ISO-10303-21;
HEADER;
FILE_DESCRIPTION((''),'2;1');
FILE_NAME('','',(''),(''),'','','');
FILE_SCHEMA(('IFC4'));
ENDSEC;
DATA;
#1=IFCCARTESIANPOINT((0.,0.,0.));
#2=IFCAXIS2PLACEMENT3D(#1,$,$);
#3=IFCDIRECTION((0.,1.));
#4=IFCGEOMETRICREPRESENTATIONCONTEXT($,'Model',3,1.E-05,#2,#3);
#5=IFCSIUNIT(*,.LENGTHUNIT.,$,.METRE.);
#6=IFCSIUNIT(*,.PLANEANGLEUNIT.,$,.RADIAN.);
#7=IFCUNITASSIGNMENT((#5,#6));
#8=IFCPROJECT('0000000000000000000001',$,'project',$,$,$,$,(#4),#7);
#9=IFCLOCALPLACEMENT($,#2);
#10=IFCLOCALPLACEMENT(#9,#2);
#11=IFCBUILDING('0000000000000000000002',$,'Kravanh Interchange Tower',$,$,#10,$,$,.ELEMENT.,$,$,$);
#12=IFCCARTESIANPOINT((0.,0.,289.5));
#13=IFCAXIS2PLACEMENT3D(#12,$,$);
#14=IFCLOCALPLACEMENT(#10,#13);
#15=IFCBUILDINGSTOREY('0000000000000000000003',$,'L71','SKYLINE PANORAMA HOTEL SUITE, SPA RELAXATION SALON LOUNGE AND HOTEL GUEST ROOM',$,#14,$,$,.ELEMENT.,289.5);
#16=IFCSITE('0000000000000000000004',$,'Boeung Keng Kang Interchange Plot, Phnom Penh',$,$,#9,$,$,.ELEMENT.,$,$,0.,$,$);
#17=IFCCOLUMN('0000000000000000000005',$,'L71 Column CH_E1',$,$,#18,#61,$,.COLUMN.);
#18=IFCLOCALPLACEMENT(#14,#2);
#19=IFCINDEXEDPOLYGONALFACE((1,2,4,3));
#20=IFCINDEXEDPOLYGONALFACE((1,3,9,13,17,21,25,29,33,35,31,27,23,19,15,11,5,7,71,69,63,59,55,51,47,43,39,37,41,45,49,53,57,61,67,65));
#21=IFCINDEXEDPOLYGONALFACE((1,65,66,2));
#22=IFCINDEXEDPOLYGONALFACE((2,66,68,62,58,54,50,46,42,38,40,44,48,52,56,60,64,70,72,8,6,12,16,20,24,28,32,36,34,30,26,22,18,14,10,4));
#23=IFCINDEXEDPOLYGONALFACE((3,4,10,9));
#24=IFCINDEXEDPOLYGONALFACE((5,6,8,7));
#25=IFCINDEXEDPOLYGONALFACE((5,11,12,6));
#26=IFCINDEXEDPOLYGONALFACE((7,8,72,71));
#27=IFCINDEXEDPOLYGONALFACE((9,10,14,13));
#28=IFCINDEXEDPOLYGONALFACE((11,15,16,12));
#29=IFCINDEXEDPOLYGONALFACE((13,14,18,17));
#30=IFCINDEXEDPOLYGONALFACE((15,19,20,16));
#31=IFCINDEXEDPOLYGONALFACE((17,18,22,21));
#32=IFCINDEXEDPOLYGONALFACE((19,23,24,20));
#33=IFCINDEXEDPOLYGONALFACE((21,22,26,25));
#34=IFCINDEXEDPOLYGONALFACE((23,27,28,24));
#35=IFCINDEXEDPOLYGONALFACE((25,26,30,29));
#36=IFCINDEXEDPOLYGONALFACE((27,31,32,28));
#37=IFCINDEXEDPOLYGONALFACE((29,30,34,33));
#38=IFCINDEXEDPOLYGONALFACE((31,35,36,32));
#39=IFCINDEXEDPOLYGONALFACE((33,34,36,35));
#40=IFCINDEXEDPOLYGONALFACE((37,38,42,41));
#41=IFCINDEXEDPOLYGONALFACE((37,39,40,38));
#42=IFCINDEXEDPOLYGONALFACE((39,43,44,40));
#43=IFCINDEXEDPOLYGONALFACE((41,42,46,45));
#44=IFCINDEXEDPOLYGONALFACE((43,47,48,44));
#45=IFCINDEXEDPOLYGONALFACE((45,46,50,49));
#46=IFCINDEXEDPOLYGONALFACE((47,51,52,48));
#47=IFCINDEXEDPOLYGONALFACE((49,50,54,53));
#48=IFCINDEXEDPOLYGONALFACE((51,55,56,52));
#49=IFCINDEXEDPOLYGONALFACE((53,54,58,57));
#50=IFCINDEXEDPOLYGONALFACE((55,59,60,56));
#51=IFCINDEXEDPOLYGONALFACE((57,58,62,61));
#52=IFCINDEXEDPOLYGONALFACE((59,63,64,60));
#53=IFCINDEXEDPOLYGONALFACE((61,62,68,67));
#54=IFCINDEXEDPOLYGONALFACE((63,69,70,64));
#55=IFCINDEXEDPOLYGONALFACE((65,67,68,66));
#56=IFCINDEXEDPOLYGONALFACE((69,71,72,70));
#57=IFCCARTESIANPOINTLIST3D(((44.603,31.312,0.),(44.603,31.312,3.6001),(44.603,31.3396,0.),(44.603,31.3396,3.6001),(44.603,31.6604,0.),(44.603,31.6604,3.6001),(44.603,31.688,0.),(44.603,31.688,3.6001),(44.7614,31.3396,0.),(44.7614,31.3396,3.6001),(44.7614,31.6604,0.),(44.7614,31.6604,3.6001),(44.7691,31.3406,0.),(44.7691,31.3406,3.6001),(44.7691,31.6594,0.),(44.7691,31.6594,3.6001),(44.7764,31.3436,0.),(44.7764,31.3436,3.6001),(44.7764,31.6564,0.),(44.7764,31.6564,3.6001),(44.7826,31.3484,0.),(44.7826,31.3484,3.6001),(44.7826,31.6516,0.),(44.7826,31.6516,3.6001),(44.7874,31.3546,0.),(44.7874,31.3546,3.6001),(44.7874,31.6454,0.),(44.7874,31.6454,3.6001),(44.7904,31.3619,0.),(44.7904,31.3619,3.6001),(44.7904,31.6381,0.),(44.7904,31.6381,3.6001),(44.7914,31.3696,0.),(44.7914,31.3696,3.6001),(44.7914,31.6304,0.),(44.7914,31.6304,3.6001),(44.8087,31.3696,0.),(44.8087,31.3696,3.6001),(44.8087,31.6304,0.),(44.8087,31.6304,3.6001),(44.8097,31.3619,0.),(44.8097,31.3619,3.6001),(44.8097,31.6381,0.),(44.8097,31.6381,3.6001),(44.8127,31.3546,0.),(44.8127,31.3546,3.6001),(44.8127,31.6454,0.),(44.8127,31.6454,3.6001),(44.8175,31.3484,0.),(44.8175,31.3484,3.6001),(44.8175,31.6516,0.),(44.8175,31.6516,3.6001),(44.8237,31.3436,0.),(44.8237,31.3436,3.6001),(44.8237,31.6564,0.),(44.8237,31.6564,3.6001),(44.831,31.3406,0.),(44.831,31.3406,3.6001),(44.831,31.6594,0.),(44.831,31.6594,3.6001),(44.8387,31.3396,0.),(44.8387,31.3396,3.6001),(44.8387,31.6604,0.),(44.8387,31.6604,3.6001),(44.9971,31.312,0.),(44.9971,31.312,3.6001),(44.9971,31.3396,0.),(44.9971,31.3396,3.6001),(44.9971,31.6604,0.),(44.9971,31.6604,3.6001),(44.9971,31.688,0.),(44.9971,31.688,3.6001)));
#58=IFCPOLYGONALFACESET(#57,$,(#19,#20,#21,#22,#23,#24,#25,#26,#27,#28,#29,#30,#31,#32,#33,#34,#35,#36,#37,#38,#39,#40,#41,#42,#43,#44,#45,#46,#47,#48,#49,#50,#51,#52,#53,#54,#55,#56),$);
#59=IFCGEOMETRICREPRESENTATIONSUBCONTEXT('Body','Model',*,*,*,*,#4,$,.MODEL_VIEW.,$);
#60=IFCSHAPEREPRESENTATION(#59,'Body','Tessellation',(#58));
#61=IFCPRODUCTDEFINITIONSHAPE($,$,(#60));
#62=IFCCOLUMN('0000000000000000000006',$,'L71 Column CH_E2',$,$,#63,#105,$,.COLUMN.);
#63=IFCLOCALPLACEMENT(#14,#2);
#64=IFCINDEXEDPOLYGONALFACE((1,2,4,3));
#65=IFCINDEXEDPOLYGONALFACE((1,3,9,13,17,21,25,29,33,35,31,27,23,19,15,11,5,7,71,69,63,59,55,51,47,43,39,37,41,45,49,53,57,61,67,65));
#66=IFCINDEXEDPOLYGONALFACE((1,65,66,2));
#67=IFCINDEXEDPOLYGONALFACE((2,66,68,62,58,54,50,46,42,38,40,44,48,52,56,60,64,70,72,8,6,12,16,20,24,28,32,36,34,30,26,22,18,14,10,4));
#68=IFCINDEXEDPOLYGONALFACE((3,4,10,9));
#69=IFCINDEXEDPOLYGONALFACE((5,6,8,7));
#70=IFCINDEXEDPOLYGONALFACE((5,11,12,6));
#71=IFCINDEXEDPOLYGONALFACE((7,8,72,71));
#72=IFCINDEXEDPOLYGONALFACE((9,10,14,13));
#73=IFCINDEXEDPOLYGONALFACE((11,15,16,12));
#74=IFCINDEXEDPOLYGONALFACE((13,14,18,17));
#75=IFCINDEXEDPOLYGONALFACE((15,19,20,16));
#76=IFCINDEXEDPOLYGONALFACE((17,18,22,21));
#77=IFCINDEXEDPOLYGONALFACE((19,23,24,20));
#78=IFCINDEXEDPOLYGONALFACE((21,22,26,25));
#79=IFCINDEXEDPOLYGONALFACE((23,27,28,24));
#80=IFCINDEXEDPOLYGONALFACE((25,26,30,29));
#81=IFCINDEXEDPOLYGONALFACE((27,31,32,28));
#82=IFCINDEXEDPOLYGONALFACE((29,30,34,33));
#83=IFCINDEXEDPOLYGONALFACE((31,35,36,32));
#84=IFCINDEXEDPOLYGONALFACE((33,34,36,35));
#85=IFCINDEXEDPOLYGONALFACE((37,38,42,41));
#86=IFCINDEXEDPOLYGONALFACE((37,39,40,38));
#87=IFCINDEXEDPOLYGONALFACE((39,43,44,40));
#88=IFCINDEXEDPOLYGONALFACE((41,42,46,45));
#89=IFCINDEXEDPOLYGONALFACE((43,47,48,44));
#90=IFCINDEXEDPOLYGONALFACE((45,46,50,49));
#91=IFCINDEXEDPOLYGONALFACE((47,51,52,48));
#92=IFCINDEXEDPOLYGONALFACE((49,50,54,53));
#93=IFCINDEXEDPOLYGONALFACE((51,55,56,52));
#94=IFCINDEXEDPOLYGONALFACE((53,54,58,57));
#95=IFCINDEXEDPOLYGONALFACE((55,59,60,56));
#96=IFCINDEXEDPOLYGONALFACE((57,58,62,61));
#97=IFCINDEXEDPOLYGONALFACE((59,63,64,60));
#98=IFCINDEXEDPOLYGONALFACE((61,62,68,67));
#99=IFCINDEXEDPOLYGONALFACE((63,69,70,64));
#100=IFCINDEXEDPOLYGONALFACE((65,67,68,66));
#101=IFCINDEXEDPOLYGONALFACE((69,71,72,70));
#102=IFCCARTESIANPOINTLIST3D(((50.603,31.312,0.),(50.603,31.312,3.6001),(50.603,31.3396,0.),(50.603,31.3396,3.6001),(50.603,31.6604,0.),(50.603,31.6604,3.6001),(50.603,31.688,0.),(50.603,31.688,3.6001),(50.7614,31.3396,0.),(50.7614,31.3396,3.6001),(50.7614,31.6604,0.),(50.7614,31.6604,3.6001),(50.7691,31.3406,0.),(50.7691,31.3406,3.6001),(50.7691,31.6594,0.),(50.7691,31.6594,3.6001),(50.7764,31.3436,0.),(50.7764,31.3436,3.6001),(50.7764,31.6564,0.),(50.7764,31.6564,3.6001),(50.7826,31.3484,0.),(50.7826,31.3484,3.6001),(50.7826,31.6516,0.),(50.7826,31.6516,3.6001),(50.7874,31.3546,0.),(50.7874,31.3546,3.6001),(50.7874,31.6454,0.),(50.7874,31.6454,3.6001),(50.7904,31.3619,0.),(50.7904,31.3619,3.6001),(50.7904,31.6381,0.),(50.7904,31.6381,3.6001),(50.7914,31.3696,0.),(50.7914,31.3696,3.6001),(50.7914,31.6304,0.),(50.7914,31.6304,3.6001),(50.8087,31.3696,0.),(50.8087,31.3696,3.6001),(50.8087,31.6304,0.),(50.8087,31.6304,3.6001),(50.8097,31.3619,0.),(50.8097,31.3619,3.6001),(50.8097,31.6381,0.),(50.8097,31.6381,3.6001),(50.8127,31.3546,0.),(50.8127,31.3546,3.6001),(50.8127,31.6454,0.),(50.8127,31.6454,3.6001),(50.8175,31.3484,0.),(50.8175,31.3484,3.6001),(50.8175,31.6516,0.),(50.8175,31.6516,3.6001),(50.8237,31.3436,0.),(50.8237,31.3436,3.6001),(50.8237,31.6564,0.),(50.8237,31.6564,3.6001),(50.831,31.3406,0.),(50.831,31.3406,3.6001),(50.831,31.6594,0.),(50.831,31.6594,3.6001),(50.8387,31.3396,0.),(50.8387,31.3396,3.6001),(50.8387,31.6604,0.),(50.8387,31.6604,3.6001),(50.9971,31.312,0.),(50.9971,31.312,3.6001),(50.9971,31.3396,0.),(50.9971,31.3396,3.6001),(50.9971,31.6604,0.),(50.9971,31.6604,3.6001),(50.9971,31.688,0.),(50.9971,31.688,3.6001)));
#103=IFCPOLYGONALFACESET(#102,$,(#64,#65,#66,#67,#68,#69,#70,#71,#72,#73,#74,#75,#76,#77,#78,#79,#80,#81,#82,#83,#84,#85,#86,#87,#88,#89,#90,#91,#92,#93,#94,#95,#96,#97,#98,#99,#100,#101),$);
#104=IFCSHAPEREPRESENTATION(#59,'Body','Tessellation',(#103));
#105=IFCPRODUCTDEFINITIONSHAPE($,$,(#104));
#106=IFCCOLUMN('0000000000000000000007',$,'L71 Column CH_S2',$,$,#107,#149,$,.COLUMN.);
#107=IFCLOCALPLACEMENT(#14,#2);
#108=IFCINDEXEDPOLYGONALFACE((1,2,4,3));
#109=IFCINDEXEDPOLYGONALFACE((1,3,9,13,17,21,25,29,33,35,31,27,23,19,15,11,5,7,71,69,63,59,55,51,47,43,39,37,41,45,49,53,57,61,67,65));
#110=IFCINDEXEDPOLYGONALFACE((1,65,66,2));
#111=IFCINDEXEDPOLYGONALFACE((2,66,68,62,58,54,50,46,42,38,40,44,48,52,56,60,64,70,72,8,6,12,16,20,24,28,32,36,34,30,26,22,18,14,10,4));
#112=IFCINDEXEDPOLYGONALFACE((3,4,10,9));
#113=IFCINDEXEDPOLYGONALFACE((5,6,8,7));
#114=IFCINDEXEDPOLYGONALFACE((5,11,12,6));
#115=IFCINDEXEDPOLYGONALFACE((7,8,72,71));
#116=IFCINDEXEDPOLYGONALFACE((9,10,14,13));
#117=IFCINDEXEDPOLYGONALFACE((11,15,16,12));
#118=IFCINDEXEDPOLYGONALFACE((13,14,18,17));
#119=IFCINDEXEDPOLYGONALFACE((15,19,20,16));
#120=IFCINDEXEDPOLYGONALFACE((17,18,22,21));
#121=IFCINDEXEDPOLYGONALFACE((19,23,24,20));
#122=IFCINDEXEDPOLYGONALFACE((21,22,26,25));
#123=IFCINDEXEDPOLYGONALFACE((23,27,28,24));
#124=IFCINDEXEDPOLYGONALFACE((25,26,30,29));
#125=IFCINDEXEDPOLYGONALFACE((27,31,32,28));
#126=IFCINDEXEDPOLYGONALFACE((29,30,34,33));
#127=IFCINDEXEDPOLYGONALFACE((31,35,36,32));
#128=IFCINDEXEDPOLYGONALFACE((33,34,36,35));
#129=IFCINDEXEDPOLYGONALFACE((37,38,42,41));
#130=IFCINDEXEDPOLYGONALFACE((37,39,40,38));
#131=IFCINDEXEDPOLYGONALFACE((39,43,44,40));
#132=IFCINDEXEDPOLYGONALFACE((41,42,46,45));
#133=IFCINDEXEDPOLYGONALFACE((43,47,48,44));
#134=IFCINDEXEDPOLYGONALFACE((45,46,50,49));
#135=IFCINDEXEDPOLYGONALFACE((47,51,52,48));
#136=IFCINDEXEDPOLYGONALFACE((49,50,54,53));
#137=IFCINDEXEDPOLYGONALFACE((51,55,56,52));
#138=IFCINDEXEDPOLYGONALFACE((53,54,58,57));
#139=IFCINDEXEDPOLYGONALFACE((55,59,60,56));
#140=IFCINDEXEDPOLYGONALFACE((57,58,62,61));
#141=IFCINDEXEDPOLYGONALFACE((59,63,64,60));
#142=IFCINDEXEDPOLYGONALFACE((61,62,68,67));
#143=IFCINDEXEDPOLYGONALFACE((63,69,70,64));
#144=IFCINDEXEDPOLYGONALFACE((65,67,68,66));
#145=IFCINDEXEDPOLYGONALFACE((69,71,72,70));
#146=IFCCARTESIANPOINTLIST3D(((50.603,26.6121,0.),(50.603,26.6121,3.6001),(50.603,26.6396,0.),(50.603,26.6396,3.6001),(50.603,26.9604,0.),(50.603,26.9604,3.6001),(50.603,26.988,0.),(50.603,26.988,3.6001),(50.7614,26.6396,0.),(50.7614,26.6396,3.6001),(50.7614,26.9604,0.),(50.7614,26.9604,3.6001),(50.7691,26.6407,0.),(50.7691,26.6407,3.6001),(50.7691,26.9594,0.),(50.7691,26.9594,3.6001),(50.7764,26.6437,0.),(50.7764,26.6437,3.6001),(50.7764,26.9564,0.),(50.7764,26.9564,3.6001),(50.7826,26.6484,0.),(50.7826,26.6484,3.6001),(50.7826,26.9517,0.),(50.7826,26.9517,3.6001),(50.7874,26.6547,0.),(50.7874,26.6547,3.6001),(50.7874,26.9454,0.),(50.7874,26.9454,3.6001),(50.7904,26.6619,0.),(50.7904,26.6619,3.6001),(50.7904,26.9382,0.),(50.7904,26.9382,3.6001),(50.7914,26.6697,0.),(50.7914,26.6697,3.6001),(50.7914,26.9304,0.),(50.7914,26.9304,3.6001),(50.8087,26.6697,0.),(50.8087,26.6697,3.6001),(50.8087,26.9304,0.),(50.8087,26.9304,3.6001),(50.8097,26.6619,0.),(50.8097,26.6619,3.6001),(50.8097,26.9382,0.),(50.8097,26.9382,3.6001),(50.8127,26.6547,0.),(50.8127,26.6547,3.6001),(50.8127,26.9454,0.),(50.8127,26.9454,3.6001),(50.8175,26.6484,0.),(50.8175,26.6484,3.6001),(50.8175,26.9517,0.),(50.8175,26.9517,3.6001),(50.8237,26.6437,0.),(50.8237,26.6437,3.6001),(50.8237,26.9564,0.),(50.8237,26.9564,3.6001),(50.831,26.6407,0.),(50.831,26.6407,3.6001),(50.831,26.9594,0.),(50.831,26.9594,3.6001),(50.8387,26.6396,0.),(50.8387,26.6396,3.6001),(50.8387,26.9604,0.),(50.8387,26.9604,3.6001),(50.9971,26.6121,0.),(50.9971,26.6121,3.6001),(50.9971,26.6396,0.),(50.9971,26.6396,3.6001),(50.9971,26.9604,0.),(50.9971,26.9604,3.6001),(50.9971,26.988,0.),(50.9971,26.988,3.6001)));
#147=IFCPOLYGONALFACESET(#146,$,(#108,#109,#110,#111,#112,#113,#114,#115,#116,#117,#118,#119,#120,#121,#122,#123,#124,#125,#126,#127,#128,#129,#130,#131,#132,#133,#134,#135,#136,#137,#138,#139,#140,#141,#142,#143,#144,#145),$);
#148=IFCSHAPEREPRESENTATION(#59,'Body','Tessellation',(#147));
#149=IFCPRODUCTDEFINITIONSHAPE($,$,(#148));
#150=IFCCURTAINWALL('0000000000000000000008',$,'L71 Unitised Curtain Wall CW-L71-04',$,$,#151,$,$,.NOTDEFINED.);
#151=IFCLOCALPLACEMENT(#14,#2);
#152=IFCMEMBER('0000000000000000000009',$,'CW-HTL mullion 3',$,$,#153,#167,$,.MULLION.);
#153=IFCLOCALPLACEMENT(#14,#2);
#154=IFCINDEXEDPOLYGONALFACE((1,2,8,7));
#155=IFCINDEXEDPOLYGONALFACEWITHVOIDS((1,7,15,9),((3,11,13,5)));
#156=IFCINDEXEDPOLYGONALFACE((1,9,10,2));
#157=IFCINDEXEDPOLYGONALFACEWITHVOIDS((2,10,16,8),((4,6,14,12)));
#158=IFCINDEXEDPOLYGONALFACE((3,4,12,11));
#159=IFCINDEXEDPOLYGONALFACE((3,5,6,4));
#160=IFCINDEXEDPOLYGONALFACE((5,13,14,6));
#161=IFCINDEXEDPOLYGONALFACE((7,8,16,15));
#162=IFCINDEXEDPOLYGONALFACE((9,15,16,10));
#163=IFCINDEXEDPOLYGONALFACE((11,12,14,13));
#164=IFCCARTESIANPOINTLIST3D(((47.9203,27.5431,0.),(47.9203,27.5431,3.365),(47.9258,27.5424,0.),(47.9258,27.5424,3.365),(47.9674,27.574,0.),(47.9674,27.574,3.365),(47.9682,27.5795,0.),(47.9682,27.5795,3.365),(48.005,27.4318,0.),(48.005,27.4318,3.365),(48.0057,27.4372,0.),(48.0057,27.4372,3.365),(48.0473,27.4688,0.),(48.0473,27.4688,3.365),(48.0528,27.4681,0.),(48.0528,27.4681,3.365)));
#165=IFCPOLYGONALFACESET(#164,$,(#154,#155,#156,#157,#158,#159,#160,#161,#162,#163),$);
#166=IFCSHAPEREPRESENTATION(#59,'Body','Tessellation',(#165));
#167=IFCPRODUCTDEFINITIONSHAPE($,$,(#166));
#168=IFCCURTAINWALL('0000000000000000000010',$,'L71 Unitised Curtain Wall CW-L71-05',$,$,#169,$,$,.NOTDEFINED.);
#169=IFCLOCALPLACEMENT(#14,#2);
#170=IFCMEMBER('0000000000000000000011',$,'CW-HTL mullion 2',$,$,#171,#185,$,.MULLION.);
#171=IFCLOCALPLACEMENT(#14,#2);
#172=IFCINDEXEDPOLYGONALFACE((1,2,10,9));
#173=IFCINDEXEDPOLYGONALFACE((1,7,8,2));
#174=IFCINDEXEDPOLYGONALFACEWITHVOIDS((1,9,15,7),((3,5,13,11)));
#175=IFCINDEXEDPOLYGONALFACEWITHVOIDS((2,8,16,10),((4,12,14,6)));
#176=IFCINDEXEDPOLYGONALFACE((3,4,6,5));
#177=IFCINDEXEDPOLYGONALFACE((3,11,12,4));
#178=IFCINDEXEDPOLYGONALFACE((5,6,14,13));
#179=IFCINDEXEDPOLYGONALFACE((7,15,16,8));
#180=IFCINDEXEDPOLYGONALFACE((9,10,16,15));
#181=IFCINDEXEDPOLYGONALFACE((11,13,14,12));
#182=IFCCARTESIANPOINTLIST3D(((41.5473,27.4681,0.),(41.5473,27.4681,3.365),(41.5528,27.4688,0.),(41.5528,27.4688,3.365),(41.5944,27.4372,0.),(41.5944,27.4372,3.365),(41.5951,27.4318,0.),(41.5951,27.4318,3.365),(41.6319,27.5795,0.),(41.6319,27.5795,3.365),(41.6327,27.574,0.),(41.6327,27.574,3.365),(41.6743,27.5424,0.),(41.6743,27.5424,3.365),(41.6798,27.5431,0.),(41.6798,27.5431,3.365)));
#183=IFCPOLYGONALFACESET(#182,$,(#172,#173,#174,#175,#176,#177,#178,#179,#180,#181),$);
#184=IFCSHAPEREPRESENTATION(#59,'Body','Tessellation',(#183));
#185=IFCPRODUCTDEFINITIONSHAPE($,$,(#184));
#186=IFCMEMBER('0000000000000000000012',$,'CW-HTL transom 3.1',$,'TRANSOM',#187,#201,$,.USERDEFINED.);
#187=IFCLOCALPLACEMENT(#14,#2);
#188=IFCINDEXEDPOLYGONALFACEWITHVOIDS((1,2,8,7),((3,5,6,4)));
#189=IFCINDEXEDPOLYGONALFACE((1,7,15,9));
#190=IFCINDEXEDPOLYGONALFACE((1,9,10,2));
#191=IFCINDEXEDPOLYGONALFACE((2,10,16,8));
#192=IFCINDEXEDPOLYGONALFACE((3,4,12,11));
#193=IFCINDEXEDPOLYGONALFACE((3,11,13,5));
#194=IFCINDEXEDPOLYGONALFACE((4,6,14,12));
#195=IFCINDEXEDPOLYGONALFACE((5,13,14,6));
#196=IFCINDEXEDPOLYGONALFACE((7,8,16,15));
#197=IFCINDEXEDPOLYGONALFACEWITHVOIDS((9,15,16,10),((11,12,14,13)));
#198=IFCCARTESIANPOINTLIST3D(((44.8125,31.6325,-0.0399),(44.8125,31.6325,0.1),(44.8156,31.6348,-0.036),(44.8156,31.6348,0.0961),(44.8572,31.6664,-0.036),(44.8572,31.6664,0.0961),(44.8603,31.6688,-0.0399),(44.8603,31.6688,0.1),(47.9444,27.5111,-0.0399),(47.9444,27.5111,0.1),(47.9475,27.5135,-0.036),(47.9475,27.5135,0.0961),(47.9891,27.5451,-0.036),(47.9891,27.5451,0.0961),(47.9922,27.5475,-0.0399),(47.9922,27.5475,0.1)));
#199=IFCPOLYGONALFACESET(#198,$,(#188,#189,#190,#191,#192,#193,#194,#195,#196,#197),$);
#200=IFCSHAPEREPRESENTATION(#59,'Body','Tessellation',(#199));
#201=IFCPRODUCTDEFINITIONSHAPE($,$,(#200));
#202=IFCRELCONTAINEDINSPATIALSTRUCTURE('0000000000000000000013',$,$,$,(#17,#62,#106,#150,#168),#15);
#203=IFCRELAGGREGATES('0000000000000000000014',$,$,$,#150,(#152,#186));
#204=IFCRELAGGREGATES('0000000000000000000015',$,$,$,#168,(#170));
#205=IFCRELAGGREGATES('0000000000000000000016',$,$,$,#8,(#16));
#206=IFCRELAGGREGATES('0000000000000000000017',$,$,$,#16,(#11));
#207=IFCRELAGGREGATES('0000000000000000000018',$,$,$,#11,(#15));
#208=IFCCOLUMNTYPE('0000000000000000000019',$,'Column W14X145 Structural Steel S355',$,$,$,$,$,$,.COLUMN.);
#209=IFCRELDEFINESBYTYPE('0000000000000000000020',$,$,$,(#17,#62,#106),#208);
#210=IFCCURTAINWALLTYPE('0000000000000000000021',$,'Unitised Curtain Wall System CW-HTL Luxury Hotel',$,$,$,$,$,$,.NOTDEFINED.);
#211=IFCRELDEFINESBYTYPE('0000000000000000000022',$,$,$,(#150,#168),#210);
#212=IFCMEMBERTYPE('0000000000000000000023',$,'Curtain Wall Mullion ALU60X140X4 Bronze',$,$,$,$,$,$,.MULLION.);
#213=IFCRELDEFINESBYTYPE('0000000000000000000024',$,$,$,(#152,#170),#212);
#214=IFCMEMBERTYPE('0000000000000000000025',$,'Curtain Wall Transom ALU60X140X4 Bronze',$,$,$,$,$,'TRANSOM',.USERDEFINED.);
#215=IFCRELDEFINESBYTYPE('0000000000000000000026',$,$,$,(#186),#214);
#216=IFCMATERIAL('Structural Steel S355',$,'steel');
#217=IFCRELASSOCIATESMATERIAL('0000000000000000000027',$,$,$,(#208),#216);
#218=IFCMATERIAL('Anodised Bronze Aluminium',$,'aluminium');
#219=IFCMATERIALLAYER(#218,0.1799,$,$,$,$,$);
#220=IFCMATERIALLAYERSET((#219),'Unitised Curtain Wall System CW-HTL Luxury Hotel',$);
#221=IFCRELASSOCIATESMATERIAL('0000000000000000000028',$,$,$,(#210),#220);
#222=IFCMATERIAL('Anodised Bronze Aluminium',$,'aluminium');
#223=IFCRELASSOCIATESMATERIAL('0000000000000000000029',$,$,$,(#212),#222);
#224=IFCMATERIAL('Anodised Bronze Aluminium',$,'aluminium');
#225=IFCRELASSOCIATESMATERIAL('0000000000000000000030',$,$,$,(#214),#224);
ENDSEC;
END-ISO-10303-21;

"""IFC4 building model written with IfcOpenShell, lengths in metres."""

from ifc_helpers import new_model, si_unit, direction, frame, origin, origin_2d, place, context, subcontext, project, spatial, hollow_rectangle, i_section, extrude, material, layer, layer_set, material_profile, profile_set, type_object, element, aggregate, save


model = new_model("IFC4")

# Units and contexts
model_context = context("Model", 3, precision=1e-05, world=origin(), true_north=direction((0.0, 1.0)))
body_context = subcontext(model_context, "Body", "Model", "MODEL_VIEW")
ifc_project = project(units=[si_unit("LENGTHUNIT", "METRE"), si_unit("PLANEANGLEUNIT", "RADIAN")], contexts=[model_context])

# Site, building, storey
site_placement = place(None, origin())
site = spatial("IfcSite", under=ifc_project, at=site_placement, Name="Boeung Keng Kang Interchange Plot, Phnom Penh", CompositionType="ELEMENT", RefElevation=0.0)
building_placement = place(site_placement, origin())
building = spatial("IfcBuilding", under=site, at=building_placement, Name="Kravanh Interchange Tower", CompositionType="ELEMENT")
storey_placement = place(building_placement, frame((0.0, 0.0, 289.5)))
storey = spatial("IfcBuildingStorey", under=building, at=storey_placement, Name="L71", Description="SKYLINE PANORAMA HOTEL SUITE, SPA RELAXATION SALON LOUNGE AND HOTEL GUEST ROOM", CompositionType="ELEMENT", Elevation=289.5)

# Columns
ifc_material_1 = material(Name="Structural Steel S355", Category="steel")
ifc_material_profile_1 = material_profile(ifc_material_1, i_section(OverallWidth=0.394, OverallDepth=0.376, WebThickness=0.0173, FlangeThickness=0.0276, FilletRadius=0.03, at=origin_2d()), Name="W14X145")
ifc_profile_set_1 = profile_set([ifc_material_profile_1], Name="Structural Steel S355")
column_type = type_object("IfcColumnType", Name="Column W14X145 Structural Steel S355", PredefinedType="COLUMN", material=ifc_profile_set_1)
for number, where, z_axis, x_axis, name in (
    (1, (44.8, 31.5, 0.0), (0.0, 0.0, 1.0), (1.0, 0.0, 0.0), "L71 Column CH_E1"),
    (2, (50.8, 31.5, 0.0), (0.0, 0.0, 1.0), (1.0, 0.0, 0.0), "L71 Column CH_E2"),
    (3, (50.8, 26.8, 0.0), (0.0, 0.0, 1.0), (1.0, 0.0, 0.0), "L71 Column CH_S2"),
):
    element("IfcColumn", number, at=place(storey_placement, frame(where, z_axis=z_axis, x_axis=x_axis)), inside=storey, type_object=column_type, Name=name, PredefinedType="COLUMN", context=body_context, shape_type="SweptSolid", body=[
        extrude(i_section(OverallWidth=0.394, OverallDepth=0.376, WebThickness=0.0173, FlangeThickness=0.0276, FilletRadius=0.03, at=origin_2d()), origin(), (0.0, 0.0, 1.0), 3.6001),
    ])

# Curtain walls, members
ifc_material_2 = material(Name="Anodised Bronze Aluminium", Category="aluminium")
ifc_layer_1 = layer(ifc_material_2, 0.1799)
ifc_layer_set_1 = layer_set([ifc_layer_1], Name="Unitised Curtain Wall System CW-HTL Luxury Hotel")
curtain_wall_type = type_object("IfcCurtainWallType", Name="Unitised Curtain Wall System CW-HTL Luxury Hotel", PredefinedType="NOTDEFINED", material=ifc_layer_set_1)
curtain_wall_1_placement = place(storey_placement, origin())
curtain_wall_1 = element("IfcCurtainWall", 4, at=curtain_wall_1_placement, inside=storey, type_object=curtain_wall_type, Name="L71 Unitised Curtain Wall CW-L71-04", PredefinedType="NOTDEFINED")
ifc_material_3 = material(Name="Anodised Bronze Aluminium", Category="aluminium")
ifc_material_profile_2 = material_profile(ifc_material_3, hollow_rectangle(XDim=0.0601, YDim=0.1399, WallThickness=0.0039, at=origin_2d()), Name="ALU60X140X4")
ifc_profile_set_2 = profile_set([ifc_material_profile_2], Name="Anodised Bronze Aluminium")
member_type_1 = type_object("IfcMemberType", Name="Curtain Wall Mullion ALU60X140X4 Bronze", PredefinedType="MULLION", material=ifc_profile_set_2)
member_1_placement = place(storey_placement, frame((47.9866, 27.5056, 0.0), z_axis=(0.0, 0.0, 1.0), x_axis=(-0.796162, -0.605083, 0.0)))
member_1 = element("IfcMember", 5, at=member_1_placement, type_object=member_type_1, Name="CW-HTL mullion 3", PredefinedType="MULLION", context=body_context, shape_type="SweptSolid", body=[
    extrude(hollow_rectangle(XDim=0.0601, YDim=0.1399, WallThickness=0.0039, at=origin_2d()), origin(), (0.0, 0.0, 1.0), 3.365),
])
curtain_wall_2_placement = place(storey_placement, origin())
curtain_wall_2 = element("IfcCurtainWall", 6, at=curtain_wall_2_placement, inside=storey, type_object=curtain_wall_type, Name="L71 Unitised Curtain Wall CW-L71-05", PredefinedType="NOTDEFINED")
member_2_placement = place(storey_placement, frame((41.6135, 27.5056, 0.0), z_axis=(0.0, 0.0, 1.0), x_axis=(0.796162, -0.605083, 0.0)))
member_2 = element("IfcMember", 7, at=member_2_placement, type_object=member_type_1, Name="CW-HTL mullion 2", PredefinedType="MULLION", context=body_context, shape_type="SweptSolid", body=[
    extrude(hollow_rectangle(XDim=0.0601, YDim=0.1399, WallThickness=0.0039, at=origin_2d()), origin(), (0.0, 0.0, 1.0), 3.365),
])

# Member
ifc_material_4 = material(Name="Anodised Bronze Aluminium", Category="aluminium")
ifc_material_profile_3 = material_profile(ifc_material_4, hollow_rectangle(XDim=0.0601, YDim=0.1399, WallThickness=0.0039, at=origin_2d()), Name="ALU60X140X4")
ifc_profile_set_3 = profile_set([ifc_material_profile_3], Name="Anodised Bronze Aluminium")
member_type_2 = type_object("IfcMemberType", Name="Curtain Wall Transom ALU60X140X4 Bronze", ElementType="TRANSOM", PredefinedType="USERDEFINED", material=ifc_profile_set_3)
member_3_placement = place(storey_placement, frame((47.9683, 27.5293, 0.03), z_axis=(-0.605037, 0.796198, 0.0), x_axis=(-0.796198, -0.605037, 0.0)))
member_3 = element("IfcMember", 8, at=member_3_placement, type_object=member_type_2, Name="CW-HTL transom 3.1", ObjectType="TRANSOM", PredefinedType="USERDEFINED", context=body_context, shape_type="SweptSolid", body=[
    extrude(hollow_rectangle(XDim=0.0601, YDim=0.1399, WallThickness=0.0039, at=origin_2d()), origin(), (0.0, 0.0, 1.0), 5.1763),
])

aggregate(curtain_wall_1, [member_1, member_3])
aggregate(curtain_wall_2, [member_2])

save(model, "model.ifc")
